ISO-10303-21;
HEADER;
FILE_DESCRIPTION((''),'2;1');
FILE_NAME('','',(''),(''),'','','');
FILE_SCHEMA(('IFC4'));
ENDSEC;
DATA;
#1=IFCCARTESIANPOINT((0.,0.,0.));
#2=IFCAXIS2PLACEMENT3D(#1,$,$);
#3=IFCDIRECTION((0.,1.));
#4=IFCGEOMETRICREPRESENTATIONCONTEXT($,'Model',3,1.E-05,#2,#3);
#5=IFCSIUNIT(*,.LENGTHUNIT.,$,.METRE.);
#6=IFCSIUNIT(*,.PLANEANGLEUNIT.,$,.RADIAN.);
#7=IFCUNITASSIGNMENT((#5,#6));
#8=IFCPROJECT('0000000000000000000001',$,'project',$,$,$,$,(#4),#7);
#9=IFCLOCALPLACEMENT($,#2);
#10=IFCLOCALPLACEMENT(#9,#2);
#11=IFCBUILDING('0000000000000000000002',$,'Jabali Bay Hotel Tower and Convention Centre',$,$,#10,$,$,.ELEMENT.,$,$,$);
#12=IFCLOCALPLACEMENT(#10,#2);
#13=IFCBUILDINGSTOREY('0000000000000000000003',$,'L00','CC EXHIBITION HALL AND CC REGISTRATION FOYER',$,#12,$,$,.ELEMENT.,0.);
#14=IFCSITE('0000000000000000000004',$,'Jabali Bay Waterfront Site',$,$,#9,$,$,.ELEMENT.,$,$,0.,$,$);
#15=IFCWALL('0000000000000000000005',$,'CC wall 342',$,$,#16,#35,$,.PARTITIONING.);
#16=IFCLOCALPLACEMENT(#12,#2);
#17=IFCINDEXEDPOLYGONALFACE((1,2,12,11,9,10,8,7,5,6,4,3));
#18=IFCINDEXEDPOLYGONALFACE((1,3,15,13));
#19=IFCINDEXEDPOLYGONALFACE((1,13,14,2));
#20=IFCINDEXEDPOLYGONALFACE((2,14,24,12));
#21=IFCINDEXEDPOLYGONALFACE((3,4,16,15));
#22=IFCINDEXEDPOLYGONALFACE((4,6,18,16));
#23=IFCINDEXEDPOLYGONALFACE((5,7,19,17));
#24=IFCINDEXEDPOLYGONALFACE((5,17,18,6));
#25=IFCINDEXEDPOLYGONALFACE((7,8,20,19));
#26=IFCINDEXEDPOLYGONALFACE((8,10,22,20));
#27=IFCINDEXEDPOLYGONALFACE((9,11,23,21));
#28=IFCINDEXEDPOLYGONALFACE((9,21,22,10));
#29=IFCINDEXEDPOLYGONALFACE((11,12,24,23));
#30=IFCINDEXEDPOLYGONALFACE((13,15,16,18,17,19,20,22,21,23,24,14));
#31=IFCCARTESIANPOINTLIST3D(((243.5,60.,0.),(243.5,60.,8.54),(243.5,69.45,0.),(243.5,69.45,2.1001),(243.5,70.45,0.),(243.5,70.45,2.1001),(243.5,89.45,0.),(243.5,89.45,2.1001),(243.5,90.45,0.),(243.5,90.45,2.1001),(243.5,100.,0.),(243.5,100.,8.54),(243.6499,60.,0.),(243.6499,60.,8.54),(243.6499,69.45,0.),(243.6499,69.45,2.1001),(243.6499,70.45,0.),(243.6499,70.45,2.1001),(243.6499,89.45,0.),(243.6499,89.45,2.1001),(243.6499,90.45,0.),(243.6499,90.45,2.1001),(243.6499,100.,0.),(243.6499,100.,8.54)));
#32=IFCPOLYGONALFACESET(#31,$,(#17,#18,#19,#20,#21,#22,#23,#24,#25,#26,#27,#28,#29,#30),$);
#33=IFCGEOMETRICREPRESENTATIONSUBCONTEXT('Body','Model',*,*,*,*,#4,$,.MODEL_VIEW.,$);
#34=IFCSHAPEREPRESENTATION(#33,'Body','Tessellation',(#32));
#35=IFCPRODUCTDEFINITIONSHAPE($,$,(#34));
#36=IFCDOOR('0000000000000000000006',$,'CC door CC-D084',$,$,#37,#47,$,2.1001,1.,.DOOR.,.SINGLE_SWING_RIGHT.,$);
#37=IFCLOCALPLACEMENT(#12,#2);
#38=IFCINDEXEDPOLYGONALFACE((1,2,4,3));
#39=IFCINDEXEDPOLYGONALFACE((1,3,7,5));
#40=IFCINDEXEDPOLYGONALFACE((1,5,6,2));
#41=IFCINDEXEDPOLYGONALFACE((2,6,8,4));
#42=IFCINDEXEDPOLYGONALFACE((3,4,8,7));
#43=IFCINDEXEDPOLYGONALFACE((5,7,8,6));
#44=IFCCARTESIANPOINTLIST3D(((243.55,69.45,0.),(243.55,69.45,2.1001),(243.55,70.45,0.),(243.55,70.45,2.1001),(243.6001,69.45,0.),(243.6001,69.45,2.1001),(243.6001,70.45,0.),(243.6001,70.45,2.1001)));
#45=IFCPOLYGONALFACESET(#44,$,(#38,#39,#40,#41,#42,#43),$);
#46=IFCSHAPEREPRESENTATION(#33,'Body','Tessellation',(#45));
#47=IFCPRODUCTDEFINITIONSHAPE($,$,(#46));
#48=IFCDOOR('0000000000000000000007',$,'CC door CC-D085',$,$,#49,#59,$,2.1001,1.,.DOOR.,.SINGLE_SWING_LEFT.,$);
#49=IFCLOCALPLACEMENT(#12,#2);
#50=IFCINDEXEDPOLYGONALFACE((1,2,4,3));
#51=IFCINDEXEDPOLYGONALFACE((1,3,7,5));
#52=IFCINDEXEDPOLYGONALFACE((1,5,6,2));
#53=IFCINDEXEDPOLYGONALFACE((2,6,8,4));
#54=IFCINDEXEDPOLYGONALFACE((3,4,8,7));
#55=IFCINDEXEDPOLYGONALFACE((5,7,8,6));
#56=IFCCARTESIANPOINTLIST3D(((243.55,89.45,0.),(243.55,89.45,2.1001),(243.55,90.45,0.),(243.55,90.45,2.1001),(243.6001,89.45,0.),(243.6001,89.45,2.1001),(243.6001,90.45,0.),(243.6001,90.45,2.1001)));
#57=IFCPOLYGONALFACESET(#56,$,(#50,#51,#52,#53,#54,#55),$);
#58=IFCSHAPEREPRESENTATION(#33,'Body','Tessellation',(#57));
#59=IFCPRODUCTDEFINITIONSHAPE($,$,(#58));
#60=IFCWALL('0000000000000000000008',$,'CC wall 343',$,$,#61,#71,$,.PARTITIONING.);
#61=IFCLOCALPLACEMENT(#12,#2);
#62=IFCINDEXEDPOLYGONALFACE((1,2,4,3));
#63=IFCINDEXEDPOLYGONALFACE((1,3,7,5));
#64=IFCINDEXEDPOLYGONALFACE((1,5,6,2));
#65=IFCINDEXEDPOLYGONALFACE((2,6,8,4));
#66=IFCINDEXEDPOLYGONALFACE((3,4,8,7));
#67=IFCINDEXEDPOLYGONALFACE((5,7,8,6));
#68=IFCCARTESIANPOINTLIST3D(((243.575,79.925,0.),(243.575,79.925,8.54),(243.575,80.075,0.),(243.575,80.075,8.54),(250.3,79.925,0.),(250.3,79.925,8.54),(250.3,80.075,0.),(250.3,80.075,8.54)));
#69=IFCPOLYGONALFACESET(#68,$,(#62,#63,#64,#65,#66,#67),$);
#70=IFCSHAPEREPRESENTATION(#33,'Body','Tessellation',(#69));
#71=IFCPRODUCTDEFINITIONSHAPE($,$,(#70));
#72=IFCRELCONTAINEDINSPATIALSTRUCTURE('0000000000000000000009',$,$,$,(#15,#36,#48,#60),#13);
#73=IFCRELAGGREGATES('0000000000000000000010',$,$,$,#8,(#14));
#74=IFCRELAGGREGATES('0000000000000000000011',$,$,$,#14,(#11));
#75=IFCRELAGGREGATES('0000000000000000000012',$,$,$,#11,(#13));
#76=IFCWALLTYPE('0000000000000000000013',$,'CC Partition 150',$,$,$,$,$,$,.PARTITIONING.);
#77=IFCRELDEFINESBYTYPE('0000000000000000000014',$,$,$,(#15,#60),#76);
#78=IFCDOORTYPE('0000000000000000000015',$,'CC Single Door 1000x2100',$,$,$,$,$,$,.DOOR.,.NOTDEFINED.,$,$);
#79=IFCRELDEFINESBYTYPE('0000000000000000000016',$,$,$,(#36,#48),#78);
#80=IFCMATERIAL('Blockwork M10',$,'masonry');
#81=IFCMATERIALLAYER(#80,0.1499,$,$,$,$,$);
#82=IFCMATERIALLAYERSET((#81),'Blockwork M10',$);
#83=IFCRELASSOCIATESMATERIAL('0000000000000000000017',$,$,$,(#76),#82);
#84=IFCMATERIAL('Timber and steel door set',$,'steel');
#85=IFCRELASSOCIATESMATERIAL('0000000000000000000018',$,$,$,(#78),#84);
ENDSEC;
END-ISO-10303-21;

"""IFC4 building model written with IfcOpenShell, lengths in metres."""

from ifc_helpers import new_model, si_unit, direction, frame, frame_2d, origin, place, context, subcontext, project, spatial, rectangle, extrude, material, layer, layer_set, type_object, element, fill, save


model = new_model("IFC4")

# Units and contexts
model_context = context("Model", 3, precision=1e-05, world=origin(), true_north=direction((0.0, 1.0)))
body_context = subcontext(model_context, "Body", "Model", "MODEL_VIEW")
ifc_project = project(units=[si_unit("LENGTHUNIT", "METRE"), si_unit("PLANEANGLEUNIT", "RADIAN")], contexts=[model_context])

# Site, building, storey
site_placement = place(None, origin())
site = spatial("IfcSite", under=ifc_project, at=site_placement, Name="Jabali Bay Waterfront Site", CompositionType="ELEMENT", RefElevation=0.0)
building_placement = place(site_placement, origin())
building = spatial("IfcBuilding", under=site, at=building_placement, Name="Jabali Bay Hotel Tower and Convention Centre", CompositionType="ELEMENT")
storey_placement = place(building_placement, origin())
storey = spatial("IfcBuildingStorey", under=building, at=storey_placement, Name="L00", Description="CC EXHIBITION HALL AND CC REGISTRATION FOYER", CompositionType="ELEMENT", Elevation=0.0)

# Shared definitions
ifc_material_1 = material(Name="Timber and steel door set", Category="steel")

# Shared definitions
ifc_material_2 = material(Name="Blockwork M10", Category="masonry")
ifc_layer_1 = layer(ifc_material_2, 0.1499)
ifc_layer_set_1 = layer_set([ifc_layer_1], Name="Blockwork M10")
wall_type_1 = type_object("IfcWallType", Name="CC Partition 150", PredefinedType="PARTITIONING", material=ifc_layer_set_1)

# Shared definitions
door_type_1 = type_object("IfcDoorType", Name="CC Single Door 1000x2100", OperationType="NOTDEFINED", PredefinedType="DOOR", material=ifc_material_1)

# Wall, openings, doors
wall_1_placement = place(storey_placement, frame((243.575, 60.0, 0.0), z_axis=(0.0, 0.0, 1.0), x_axis=(0.0, 1.0, 0.0)))
wall_1 = element("IfcWall", 1, at=wall_1_placement, inside=storey, type_object=wall_type_1, Name="CC wall 342", PredefinedType="PARTITIONING", context=body_context, shape_type="SweptSolid", body=[
    extrude(rectangle(XDim=40.0, YDim=0.1499, at=frame_2d((20.0, 0.0))), origin(), (0.0, 0.0, 1.0), 8.54),
])
opening_1_placement = place(wall_1_placement, frame((9.45, 0.0, 0.0)))
opening_1 = element("IfcOpeningElement", 2, at=opening_1_placement, cuts=wall_1, PredefinedType="OPENING", context=body_context, shape_type="SweptSolid", body=[
    extrude(rectangle(XDim=1.0, YDim=2.1001, at=frame_2d((0.5, 1.05))), frame((0.0, 0.0854, 0.0), z_axis=(0.0, -1.0, 0.0), x_axis=(1.0, 0.0, 0.0)), (0.0, 0.0, 1.0), 0.1709),
])
opening_2_placement = place(wall_1_placement, frame((29.45, 0.0, 0.0)))
opening_2 = element("IfcOpeningElement", 3, at=opening_2_placement, cuts=wall_1, PredefinedType="OPENING", context=body_context, shape_type="SweptSolid", body=[
    extrude(rectangle(XDim=1.0, YDim=2.1001, at=frame_2d((0.5, 1.05))), frame((0.0, 0.0854, 0.0), z_axis=(0.0, -1.0, 0.0), x_axis=(1.0, 0.0, 0.0)), (0.0, 0.0, 1.0), 0.1709),
])
door_1_placement = place(opening_1_placement, origin())
door_1 = element("IfcDoor", 4, at=door_1_placement, inside=storey, type_object=door_type_1, Name="CC door CC-D084", OperationType="SINGLE_SWING_RIGHT", OverallHeight=2.1001, OverallWidth=1.0, PredefinedType="DOOR", context=body_context, shape_type="SweptSolid", body=[
    extrude(rectangle(XDim=1.0, YDim=2.1001, at=frame_2d((0.5, 1.05))), frame((0.0, 0.0249, 0.0), z_axis=(0.0, -1.0, 0.0), x_axis=(1.0, 0.0, 0.0)), (0.0, 0.0, 1.0), 0.05),
])
fill(opening_1, door_1)
door_2_placement = place(opening_2_placement, origin())
door_2 = element("IfcDoor", 5, at=door_2_placement, inside=storey, type_object=door_type_1, Name="CC door CC-D085", OperationType="SINGLE_SWING_LEFT", OverallHeight=2.1001, OverallWidth=1.0, PredefinedType="DOOR", context=body_context, shape_type="SweptSolid", body=[
    extrude(rectangle(XDim=1.0, YDim=2.1001, at=frame_2d((0.5, 1.05))), frame((0.0, 0.0249, 0.0), z_axis=(0.0, -1.0, 0.0), x_axis=(1.0, 0.0, 0.0)), (0.0, 0.0, 1.0), 0.05),
])
fill(opening_2, door_2)

# Wall
wall_2_placement = place(storey_placement, frame((243.575, 80.0, 0.0), z_axis=(0.0, 0.0, 1.0), x_axis=(1.0, 0.0, 0.0)))
element("IfcWall", 6, at=wall_2_placement, inside=storey, type_object=wall_type_1, Name="CC wall 343", PredefinedType="PARTITIONING", context=body_context, shape_type="SweptSolid", body=[
    extrude(rectangle(XDim=6.7251, YDim=0.1499, at=frame_2d((3.3625, 0.0))), origin(), (0.0, 0.0, 1.0), 8.54),
])

save(model, "model.ifc")
